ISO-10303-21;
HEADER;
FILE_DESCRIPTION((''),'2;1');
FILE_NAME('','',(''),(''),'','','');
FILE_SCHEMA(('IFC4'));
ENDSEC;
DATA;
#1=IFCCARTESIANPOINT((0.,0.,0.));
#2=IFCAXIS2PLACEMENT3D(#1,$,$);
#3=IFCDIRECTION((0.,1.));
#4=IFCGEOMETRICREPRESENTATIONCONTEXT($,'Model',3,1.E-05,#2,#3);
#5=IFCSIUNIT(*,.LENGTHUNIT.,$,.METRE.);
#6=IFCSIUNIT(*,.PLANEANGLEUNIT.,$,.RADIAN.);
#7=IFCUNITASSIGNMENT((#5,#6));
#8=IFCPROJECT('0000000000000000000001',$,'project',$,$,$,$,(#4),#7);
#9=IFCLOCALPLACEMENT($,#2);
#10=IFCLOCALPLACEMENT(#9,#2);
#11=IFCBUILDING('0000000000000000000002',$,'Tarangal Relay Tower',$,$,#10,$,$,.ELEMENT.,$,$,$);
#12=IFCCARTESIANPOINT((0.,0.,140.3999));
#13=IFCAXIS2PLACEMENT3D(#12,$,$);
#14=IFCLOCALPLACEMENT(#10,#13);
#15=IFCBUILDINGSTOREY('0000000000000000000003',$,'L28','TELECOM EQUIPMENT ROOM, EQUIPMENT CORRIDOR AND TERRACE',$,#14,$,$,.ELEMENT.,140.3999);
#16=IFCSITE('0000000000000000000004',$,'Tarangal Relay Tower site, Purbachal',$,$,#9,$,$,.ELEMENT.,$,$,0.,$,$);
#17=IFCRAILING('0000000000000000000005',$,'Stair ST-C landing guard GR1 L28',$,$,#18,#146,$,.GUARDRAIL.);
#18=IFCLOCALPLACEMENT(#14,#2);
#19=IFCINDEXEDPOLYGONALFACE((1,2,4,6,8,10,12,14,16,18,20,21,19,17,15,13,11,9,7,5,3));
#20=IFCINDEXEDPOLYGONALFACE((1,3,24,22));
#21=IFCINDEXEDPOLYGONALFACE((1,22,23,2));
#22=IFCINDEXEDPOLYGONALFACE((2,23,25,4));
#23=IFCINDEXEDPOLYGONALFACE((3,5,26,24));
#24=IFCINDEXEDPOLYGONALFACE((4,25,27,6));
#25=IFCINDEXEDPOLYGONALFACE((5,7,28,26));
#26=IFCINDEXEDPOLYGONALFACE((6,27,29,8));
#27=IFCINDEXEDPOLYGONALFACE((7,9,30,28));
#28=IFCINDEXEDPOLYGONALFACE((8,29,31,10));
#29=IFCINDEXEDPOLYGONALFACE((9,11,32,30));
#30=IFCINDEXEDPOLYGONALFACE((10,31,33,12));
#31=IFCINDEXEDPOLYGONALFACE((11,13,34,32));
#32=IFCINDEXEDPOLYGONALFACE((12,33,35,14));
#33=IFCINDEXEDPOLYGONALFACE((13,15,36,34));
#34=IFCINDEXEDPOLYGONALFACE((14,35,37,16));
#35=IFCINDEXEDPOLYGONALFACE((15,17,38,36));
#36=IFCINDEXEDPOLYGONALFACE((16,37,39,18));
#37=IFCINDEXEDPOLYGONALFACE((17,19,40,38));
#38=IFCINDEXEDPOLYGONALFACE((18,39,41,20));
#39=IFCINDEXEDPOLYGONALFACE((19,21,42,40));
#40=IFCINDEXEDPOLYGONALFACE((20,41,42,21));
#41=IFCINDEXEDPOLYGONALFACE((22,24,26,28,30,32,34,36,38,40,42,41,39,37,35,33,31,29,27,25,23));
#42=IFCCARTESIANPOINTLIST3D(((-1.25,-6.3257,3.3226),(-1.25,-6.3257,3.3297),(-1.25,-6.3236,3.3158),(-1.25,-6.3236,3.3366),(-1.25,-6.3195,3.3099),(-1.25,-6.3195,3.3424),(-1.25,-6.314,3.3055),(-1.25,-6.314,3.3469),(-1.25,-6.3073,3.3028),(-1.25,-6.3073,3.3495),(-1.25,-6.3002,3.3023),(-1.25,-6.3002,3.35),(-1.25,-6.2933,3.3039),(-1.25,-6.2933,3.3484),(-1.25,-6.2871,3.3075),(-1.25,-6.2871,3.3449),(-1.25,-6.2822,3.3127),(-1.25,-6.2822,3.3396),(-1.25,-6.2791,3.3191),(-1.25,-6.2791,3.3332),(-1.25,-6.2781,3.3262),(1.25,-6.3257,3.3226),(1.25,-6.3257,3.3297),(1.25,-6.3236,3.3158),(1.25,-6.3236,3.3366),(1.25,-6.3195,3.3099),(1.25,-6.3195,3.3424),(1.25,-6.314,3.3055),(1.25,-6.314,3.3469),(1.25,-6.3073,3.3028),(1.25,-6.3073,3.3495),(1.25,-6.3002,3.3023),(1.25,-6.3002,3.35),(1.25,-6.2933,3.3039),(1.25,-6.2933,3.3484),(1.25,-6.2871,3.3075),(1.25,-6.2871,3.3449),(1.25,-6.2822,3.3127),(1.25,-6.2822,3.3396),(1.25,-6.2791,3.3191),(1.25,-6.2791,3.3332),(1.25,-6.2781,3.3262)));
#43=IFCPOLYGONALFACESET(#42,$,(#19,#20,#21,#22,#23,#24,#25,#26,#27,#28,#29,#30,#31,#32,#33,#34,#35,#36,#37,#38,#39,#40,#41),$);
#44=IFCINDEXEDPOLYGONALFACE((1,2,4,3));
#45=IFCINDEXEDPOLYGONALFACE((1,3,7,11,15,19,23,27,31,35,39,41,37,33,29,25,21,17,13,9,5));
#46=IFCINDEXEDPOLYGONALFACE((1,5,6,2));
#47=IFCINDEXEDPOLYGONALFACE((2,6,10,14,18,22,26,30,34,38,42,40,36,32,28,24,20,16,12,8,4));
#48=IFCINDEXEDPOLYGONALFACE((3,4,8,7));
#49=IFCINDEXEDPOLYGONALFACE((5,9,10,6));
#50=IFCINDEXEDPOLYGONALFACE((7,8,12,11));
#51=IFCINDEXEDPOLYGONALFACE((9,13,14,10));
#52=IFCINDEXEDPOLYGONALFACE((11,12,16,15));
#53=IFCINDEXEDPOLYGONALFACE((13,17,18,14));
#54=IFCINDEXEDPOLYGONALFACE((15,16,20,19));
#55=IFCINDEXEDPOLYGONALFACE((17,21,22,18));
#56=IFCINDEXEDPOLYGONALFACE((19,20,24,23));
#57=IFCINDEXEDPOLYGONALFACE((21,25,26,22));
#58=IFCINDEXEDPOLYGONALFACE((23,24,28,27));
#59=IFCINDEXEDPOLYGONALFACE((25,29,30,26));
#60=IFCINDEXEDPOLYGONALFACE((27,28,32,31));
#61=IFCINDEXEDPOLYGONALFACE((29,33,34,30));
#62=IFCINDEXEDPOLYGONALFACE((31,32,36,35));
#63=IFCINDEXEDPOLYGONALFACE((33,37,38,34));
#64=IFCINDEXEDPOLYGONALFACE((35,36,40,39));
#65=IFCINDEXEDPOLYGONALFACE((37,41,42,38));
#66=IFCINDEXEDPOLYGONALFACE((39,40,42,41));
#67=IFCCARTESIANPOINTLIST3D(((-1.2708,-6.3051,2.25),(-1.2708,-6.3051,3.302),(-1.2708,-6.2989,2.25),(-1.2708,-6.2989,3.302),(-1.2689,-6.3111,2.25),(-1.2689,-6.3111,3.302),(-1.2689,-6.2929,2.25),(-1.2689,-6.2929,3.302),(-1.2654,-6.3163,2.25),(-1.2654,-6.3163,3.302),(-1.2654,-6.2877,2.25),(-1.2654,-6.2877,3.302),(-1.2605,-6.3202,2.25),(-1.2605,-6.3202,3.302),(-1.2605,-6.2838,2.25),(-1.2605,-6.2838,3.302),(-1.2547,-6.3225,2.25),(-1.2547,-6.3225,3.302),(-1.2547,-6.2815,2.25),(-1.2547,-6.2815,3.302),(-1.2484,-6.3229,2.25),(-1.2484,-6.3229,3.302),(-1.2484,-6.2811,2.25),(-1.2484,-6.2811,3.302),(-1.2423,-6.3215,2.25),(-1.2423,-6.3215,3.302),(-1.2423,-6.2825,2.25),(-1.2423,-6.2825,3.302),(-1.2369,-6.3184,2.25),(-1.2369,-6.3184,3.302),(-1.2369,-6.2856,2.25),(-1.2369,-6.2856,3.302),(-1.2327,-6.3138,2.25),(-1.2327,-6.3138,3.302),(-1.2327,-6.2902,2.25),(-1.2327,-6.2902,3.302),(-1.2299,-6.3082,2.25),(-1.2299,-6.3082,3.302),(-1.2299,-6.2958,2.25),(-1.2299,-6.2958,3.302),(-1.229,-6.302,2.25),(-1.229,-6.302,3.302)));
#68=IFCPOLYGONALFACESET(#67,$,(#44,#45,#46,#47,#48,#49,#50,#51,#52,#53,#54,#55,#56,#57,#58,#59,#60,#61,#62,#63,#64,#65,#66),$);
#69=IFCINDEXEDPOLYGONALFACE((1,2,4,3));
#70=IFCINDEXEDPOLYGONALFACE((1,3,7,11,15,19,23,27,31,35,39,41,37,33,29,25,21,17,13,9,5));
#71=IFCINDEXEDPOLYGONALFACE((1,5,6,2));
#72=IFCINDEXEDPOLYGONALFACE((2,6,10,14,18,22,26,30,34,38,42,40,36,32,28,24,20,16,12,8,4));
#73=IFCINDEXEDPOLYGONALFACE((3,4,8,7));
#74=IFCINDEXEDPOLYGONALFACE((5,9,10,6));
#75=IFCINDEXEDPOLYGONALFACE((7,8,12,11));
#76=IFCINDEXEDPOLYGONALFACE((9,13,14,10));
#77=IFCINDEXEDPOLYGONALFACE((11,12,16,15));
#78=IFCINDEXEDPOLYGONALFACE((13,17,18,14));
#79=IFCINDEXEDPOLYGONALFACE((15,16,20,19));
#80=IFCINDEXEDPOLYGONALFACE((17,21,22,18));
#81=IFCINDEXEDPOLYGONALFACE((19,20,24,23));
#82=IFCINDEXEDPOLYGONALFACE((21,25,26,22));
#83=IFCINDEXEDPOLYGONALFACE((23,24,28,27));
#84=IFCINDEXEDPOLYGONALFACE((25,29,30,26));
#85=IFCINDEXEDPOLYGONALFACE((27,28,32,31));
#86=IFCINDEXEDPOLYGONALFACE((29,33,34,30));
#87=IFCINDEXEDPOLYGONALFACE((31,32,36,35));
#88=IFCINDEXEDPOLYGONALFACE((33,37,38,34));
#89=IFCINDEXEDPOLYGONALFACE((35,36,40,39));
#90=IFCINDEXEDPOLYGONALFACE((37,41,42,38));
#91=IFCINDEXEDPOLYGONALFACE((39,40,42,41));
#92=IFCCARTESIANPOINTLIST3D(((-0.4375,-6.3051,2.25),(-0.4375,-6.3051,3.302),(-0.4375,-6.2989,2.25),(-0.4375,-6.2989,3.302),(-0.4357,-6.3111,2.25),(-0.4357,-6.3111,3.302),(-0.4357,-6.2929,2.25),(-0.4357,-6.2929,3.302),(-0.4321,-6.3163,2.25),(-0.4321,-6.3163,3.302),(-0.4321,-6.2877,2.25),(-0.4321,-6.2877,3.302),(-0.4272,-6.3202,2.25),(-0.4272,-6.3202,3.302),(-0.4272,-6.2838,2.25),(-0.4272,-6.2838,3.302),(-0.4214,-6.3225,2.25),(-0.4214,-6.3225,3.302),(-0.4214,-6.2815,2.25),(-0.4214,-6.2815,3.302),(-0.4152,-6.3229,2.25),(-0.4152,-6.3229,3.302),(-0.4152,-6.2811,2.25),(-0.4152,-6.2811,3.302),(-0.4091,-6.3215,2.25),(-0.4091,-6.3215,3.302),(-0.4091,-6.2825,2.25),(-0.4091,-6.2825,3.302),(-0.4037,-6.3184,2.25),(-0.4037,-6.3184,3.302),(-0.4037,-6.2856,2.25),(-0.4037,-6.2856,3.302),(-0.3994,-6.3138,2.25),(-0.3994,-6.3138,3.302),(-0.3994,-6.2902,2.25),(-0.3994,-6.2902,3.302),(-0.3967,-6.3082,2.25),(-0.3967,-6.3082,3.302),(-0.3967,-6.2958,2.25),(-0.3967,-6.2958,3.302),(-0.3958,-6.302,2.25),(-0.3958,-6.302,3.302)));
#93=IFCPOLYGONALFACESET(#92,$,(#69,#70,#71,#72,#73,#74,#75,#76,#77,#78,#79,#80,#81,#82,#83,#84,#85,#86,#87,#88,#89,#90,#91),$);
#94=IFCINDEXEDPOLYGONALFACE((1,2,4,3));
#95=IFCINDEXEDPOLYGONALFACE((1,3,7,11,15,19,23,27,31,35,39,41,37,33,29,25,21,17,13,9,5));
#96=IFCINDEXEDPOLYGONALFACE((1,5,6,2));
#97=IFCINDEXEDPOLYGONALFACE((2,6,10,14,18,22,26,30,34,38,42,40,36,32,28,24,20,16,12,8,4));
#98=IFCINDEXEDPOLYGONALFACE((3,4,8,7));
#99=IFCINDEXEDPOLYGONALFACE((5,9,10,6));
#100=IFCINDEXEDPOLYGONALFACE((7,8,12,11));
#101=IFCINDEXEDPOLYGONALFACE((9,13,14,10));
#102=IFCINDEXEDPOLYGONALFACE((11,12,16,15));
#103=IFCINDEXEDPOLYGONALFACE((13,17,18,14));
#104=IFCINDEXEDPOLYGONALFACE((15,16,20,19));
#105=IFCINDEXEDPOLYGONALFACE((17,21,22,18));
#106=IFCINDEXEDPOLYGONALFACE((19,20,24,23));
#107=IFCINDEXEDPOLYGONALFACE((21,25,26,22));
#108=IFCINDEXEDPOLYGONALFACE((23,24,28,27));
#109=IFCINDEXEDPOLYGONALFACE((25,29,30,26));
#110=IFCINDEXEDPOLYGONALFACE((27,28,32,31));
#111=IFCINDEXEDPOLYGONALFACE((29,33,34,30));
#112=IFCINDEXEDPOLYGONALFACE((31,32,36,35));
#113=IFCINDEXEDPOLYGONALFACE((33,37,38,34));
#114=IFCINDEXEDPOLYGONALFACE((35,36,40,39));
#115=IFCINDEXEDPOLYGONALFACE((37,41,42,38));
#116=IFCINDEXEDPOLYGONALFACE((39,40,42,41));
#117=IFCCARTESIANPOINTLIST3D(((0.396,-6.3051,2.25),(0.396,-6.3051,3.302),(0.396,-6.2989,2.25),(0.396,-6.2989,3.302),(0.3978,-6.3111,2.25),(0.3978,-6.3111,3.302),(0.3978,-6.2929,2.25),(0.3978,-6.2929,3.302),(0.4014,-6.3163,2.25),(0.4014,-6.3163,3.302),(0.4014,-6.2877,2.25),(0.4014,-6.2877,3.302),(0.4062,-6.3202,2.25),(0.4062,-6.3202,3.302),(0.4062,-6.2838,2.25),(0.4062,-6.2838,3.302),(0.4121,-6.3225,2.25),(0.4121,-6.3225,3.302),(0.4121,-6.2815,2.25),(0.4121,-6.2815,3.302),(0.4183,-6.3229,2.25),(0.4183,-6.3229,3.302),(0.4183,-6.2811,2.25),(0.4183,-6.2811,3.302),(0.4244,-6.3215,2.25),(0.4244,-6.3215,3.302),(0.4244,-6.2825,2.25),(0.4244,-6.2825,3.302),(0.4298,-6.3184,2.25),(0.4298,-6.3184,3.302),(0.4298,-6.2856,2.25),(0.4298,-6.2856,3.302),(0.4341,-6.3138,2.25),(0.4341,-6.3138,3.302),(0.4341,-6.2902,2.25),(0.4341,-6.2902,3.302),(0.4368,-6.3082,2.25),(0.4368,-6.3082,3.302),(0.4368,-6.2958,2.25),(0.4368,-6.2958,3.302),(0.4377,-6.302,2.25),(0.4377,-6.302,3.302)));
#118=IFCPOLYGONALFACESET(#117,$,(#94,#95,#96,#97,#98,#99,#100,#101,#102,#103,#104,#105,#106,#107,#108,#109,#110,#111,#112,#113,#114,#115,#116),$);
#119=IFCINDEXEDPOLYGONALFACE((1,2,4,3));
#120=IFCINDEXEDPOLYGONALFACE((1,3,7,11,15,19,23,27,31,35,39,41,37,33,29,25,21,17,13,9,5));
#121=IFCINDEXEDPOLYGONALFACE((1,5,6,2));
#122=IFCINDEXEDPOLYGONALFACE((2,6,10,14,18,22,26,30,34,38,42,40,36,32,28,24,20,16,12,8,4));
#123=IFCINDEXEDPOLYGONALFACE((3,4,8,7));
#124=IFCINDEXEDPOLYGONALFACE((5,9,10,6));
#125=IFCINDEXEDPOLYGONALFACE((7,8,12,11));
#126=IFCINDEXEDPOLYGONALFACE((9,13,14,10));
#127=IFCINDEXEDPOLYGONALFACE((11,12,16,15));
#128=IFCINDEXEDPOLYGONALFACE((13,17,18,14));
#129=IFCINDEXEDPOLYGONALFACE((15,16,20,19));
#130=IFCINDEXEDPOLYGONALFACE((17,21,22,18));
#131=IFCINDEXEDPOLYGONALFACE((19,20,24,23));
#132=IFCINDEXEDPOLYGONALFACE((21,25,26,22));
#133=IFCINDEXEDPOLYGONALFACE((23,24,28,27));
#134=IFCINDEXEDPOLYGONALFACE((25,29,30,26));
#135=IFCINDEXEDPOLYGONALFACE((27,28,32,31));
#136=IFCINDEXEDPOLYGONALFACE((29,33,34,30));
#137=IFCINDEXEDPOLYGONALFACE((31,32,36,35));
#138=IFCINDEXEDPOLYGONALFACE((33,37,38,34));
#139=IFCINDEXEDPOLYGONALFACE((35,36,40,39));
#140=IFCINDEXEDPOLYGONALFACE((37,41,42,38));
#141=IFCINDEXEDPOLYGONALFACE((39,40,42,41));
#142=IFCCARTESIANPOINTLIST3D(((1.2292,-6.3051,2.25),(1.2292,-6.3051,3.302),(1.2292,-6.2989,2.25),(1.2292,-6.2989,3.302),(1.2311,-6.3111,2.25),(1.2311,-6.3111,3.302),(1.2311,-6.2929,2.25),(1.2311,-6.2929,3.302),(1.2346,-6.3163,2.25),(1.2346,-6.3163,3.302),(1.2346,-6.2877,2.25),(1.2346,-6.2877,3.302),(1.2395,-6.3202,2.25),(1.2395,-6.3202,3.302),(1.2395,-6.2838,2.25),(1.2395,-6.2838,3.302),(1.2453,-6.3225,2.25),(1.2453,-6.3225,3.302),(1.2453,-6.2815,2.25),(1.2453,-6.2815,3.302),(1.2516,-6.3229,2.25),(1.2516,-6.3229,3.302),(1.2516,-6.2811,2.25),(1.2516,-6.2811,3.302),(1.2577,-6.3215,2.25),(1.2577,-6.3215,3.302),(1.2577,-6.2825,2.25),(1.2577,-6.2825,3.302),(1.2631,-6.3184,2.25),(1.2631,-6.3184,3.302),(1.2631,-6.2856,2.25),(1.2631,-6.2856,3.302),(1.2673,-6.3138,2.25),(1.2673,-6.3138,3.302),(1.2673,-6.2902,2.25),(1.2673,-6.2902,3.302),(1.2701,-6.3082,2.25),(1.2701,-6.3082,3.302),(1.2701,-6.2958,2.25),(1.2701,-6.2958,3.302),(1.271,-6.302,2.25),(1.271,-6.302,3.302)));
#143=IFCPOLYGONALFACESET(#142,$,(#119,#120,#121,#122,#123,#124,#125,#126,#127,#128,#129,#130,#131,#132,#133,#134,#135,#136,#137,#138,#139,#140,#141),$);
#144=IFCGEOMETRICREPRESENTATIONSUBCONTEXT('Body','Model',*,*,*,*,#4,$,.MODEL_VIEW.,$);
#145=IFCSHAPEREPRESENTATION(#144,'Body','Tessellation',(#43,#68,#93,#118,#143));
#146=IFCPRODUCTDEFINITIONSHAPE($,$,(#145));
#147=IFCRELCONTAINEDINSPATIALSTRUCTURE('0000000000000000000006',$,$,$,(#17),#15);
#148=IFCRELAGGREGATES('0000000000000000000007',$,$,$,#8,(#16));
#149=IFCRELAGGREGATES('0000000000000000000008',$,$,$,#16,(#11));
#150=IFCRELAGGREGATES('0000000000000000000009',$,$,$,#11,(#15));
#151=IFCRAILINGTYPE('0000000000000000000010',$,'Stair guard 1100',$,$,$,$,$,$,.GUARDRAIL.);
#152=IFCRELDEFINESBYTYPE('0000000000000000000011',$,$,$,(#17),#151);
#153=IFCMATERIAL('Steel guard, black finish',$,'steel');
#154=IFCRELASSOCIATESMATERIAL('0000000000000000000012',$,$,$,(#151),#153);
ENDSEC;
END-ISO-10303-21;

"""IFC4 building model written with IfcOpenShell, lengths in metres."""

from ifc_helpers import new_model, si_unit, direction, frame, origin, origin_2d, place, context, subcontext, project, spatial, circle, extrude, material, type_object, element, save


model = new_model("IFC4")

# Units and contexts
model_context = context("Model", 3, precision=1e-05, world=origin(), true_north=direction((0.0, 1.0)))
body_context = subcontext(model_context, "Body", "Model", "MODEL_VIEW")
ifc_project = project(units=[si_unit("LENGTHUNIT", "METRE"), si_unit("PLANEANGLEUNIT", "RADIAN")], contexts=[model_context])

# Site, building, storey
site_placement = place(None, origin())
site = spatial("IfcSite", under=ifc_project, at=site_placement, Name="Tarangal Relay Tower site, Purbachal", CompositionType="ELEMENT", RefElevation=0.0)
building_placement = place(site_placement, origin())
building = spatial("IfcBuilding", under=site, at=building_placement, Name="Tarangal Relay Tower", CompositionType="ELEMENT")
storey_placement = place(building_placement, frame((0.0, 0.0, 140.3999)))
storey = spatial("IfcBuildingStorey", under=building, at=storey_placement, Name="L28", Description="TELECOM EQUIPMENT ROOM, EQUIPMENT CORRIDOR AND TERRACE", CompositionType="ELEMENT", Elevation=140.3999)

# Railing
ifc_material_1 = material(Name="Steel guard, black finish", Category="steel")
railing_type_1 = type_object("IfcRailingType", Name="Stair guard 1100", PredefinedType="GUARDRAIL", material=ifc_material_1)
for number, where, name in (
    (1, (-1.25, -6.302, 2.25), "Stair ST-C landing guard GR1 L28"),
):
    element("IfcRailing", number, at=place(storey_placement, frame(where)), inside=storey, type_object=railing_type_1, Name=name, PredefinedType="GUARDRAIL", context=body_context, shape_type="SweptSolid", body=[
        extrude(circle(Radius=0.0239, at=origin_2d()), frame((0.0, 0.0, 1.0762), z_axis=(1.0, 0.0, 0.0), x_axis=(0.0, 1.0, 0.0)), (0.0, 0.0, 1.0), 2.5),
        extrude(circle(Radius=0.021, at=origin_2d()), origin(), (0.0, 0.0, 1.0), 1.052),
        extrude(circle(Radius=0.021, at=origin_2d()), frame((0.8333, 0.0, 0.0)), (0.0, 0.0, 1.0), 1.052),
        extrude(circle(Radius=0.021, at=origin_2d()), frame((1.6667, 0.0, 0.0)), (0.0, 0.0, 1.0), 1.052),
        extrude(circle(Radius=0.021, at=origin_2d()), frame((2.5, 0.0, 0.0)), (0.0, 0.0, 1.0), 1.052),
    ])

save(model, "model.ifc")
